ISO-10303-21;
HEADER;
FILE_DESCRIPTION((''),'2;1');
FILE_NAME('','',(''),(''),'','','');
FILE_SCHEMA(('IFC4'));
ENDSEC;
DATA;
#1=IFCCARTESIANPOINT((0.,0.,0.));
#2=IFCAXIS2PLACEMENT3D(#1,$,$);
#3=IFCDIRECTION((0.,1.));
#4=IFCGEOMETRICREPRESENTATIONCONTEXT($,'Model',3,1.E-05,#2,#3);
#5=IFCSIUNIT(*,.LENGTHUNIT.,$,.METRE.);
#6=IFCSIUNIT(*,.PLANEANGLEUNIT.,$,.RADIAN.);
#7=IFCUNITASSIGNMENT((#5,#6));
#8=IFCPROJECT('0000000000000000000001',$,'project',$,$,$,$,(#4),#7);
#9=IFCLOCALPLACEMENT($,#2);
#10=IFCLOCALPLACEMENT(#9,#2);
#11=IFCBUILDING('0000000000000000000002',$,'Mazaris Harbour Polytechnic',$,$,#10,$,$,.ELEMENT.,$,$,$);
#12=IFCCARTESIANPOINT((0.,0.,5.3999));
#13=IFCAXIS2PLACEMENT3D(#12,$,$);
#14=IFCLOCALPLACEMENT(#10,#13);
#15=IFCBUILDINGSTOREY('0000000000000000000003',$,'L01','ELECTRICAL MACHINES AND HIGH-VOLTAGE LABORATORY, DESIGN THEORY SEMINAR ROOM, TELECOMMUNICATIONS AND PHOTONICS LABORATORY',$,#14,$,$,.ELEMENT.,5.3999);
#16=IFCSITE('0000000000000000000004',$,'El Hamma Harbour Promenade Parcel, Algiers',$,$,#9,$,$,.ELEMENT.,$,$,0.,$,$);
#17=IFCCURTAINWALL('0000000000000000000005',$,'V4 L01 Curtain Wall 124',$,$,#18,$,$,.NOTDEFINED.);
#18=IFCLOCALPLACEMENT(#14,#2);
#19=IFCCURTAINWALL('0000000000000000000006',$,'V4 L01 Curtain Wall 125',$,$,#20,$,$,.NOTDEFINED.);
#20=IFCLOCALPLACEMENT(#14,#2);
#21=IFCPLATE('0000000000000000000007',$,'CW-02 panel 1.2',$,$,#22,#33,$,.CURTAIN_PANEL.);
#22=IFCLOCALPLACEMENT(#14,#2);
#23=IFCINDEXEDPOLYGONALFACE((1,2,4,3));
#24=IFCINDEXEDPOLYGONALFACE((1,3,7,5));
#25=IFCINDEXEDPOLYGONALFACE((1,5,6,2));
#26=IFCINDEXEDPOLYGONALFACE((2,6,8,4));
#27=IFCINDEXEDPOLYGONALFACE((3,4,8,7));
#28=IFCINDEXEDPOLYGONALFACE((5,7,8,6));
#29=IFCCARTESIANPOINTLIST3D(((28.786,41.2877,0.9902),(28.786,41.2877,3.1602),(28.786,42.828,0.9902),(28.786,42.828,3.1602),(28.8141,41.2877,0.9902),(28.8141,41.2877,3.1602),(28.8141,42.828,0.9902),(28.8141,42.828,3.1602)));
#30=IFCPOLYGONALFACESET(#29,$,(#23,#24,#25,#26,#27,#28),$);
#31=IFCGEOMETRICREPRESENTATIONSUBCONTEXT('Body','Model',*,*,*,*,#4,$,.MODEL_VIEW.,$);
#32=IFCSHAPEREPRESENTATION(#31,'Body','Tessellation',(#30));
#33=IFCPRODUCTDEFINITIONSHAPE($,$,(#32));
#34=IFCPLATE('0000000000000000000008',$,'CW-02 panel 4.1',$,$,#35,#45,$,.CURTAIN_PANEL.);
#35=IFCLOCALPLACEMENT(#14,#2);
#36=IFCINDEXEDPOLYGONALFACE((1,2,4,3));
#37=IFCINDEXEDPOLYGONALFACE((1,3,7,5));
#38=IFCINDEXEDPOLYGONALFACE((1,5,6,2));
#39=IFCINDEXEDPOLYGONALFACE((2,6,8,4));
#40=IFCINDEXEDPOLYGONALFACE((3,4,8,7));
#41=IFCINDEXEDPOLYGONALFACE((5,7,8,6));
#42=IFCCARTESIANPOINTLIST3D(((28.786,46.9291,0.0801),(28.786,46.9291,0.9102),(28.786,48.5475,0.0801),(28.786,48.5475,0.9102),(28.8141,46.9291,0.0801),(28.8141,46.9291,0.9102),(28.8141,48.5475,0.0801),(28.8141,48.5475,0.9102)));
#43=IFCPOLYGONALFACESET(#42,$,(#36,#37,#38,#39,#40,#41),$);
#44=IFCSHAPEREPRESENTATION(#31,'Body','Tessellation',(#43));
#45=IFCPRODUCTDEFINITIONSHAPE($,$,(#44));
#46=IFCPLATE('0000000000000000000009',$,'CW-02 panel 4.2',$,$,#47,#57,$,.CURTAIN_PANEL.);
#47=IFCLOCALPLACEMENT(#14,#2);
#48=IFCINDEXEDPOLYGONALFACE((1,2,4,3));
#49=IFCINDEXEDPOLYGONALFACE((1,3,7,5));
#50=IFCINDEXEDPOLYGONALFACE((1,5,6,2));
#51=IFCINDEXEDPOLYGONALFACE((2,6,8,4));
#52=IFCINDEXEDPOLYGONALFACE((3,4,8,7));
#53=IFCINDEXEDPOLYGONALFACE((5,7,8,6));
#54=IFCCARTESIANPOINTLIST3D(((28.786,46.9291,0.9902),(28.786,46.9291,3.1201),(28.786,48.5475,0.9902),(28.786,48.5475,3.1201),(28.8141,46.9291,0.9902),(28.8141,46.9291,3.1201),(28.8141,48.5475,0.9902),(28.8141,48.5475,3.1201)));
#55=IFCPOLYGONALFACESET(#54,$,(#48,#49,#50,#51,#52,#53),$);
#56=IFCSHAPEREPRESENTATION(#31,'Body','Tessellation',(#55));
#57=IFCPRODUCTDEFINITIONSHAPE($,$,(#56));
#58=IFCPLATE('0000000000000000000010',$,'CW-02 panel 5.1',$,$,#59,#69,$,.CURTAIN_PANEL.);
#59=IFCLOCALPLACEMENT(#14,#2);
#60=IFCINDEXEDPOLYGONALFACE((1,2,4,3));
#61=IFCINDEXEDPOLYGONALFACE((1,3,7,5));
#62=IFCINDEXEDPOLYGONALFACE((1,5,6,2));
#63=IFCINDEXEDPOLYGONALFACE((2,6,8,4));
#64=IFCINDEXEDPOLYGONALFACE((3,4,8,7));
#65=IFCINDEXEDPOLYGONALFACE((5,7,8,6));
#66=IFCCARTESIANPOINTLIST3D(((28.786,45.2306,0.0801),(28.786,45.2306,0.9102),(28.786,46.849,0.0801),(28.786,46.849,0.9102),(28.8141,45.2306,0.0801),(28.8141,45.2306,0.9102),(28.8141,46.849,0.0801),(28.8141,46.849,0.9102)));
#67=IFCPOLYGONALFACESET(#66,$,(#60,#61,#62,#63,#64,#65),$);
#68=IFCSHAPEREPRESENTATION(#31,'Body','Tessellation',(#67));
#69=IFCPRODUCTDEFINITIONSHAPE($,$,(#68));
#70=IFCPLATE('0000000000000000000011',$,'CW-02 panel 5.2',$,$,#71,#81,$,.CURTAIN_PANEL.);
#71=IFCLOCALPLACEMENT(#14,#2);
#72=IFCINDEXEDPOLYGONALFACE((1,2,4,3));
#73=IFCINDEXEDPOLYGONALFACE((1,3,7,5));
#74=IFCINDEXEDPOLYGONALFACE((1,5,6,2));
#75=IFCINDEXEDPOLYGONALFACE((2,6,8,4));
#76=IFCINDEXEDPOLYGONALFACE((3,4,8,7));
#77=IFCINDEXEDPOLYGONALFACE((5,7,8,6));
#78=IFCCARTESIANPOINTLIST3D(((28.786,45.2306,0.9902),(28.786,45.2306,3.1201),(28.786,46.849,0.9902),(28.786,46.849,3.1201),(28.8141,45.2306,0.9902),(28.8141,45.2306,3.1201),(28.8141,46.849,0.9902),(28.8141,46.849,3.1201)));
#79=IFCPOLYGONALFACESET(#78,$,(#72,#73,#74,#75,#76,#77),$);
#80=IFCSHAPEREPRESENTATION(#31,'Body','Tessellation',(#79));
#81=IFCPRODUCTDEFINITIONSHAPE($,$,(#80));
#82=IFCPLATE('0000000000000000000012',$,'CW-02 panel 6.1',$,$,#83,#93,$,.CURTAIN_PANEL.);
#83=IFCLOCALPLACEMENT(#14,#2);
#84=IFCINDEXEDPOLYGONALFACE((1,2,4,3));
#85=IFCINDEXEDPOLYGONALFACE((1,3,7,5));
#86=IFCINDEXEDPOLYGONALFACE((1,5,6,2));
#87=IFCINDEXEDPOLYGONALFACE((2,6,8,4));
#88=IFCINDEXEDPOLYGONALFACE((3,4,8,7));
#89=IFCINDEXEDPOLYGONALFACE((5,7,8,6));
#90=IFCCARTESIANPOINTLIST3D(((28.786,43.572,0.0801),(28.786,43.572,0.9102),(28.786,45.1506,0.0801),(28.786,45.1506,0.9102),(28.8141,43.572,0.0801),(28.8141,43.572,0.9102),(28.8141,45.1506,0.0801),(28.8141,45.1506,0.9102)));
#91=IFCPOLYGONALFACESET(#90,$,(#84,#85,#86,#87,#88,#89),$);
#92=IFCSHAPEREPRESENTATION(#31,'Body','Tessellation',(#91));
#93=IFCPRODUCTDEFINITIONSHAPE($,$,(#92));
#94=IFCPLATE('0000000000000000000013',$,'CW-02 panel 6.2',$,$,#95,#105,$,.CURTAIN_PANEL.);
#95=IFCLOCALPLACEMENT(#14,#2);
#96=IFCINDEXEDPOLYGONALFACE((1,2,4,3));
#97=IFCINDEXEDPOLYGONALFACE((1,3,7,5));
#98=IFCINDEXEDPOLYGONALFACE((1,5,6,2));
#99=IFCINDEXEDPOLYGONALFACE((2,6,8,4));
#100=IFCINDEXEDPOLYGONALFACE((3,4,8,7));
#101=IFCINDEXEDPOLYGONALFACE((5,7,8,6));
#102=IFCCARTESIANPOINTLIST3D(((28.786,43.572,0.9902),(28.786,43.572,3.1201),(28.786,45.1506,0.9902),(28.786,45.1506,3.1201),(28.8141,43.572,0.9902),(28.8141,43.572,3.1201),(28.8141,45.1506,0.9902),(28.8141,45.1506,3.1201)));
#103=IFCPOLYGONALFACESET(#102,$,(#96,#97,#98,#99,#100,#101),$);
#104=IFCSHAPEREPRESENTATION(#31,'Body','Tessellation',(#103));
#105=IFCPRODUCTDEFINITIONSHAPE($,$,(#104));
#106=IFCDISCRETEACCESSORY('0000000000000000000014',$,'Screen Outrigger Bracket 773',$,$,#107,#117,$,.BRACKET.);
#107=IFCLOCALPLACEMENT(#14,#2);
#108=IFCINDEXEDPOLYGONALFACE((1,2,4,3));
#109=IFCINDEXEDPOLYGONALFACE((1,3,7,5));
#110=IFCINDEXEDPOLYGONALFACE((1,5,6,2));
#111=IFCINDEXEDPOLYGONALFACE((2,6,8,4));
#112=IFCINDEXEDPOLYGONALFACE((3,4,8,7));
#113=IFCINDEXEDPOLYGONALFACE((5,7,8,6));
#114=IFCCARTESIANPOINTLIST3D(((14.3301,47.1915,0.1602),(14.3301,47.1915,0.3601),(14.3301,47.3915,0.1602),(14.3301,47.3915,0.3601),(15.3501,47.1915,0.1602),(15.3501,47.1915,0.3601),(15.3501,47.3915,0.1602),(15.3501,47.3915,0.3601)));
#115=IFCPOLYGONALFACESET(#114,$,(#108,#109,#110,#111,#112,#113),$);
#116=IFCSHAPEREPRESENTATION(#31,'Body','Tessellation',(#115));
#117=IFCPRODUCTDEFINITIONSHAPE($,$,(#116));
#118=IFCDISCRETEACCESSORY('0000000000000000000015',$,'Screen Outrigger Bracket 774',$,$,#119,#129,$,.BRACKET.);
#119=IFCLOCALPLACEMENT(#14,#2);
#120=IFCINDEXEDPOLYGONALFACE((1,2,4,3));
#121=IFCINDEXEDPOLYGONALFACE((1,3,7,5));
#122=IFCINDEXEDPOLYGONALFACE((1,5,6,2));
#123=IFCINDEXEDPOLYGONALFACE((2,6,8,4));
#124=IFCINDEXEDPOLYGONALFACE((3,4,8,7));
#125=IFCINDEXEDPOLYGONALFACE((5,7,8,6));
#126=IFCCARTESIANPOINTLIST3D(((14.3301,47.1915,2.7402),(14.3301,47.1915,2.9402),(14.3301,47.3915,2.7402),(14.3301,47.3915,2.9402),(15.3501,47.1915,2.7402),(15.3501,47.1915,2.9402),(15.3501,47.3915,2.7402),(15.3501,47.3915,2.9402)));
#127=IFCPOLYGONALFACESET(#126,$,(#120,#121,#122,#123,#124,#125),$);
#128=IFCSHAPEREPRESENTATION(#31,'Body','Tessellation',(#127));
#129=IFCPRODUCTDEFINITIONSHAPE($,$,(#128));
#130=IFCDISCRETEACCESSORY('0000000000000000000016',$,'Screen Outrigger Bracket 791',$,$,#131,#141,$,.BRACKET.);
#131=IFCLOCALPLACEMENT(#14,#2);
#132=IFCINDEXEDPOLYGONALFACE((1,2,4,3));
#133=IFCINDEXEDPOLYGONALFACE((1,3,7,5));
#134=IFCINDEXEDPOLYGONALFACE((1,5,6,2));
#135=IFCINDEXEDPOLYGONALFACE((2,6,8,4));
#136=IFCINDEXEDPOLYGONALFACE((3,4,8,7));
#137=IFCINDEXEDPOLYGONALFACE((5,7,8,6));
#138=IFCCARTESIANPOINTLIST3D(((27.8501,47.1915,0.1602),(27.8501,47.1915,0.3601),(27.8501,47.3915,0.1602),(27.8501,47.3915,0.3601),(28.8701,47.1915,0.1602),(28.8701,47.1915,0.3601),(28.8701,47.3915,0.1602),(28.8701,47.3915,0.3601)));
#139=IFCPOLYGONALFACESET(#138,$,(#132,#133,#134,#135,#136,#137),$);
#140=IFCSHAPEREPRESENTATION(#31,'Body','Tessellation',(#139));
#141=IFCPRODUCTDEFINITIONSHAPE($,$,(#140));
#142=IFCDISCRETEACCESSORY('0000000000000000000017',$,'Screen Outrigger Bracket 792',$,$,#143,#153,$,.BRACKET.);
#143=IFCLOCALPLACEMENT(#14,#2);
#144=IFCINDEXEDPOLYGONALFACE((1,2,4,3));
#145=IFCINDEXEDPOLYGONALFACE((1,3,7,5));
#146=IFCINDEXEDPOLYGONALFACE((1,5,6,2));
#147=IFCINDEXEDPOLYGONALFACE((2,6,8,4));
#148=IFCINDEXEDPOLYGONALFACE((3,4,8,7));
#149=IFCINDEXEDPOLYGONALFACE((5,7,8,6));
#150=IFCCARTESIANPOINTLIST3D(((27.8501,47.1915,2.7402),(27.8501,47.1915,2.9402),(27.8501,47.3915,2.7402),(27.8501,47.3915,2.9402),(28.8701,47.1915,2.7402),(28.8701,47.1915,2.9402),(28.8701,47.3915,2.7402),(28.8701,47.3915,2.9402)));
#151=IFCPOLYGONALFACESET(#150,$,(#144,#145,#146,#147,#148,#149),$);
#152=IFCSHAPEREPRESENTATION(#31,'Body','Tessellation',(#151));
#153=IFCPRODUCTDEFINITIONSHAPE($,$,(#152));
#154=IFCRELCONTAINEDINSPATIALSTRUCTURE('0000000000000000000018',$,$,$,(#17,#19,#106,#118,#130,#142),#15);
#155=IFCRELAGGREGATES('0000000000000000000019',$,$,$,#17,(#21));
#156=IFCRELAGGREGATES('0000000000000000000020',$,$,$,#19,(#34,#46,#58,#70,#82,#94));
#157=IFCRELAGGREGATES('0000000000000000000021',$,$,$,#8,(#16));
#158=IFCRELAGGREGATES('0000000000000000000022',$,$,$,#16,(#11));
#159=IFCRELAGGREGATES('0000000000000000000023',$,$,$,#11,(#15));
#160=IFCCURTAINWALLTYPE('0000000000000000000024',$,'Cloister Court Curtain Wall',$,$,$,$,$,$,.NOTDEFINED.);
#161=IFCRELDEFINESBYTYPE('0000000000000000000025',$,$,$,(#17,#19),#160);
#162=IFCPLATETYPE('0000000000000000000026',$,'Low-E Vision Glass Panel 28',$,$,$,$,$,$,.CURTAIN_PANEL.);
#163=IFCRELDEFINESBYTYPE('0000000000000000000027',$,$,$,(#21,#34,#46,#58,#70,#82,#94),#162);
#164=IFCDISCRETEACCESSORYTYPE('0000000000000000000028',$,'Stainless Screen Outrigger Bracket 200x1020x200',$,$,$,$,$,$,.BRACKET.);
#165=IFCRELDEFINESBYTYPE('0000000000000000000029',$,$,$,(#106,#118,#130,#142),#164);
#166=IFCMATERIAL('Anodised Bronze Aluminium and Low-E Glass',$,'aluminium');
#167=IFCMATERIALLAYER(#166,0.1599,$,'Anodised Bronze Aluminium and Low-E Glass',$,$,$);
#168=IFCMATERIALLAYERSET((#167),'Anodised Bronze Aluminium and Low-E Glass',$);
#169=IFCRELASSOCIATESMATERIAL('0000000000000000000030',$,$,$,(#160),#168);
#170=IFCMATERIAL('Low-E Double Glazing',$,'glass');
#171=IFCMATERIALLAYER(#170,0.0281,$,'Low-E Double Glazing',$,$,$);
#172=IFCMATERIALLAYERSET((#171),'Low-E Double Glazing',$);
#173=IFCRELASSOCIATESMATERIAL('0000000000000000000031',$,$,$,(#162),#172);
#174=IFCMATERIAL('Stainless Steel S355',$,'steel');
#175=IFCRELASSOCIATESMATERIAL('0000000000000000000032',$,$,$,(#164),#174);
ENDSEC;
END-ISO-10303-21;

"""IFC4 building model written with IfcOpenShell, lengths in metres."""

from ifc_helpers import new_model, si_unit, direction, frame, origin, origin_2d, place, context, subcontext, project, spatial, rectangle, extrude, material, layer, layer_set, type_object, element, aggregate, save


model = new_model("IFC4")

# Units and contexts
model_context = context("Model", 3, precision=1e-05, world=origin(), true_north=direction((0.0, 1.0)))
body_context = subcontext(model_context, "Body", "Model", "MODEL_VIEW")
ifc_project = project(units=[si_unit("LENGTHUNIT", "METRE"), si_unit("PLANEANGLEUNIT", "RADIAN")], contexts=[model_context])

# Site, building, storey
site_placement = place(None, origin())
site = spatial("IfcSite", under=ifc_project, at=site_placement, Name="El Hamma Harbour Promenade Parcel, Algiers", CompositionType="ELEMENT", RefElevation=0.0)
building_placement = place(site_placement, origin())
building = spatial("IfcBuilding", under=site, at=building_placement, Name="Mazaris Harbour Polytechnic", CompositionType="ELEMENT")
storey_placement = place(building_placement, frame((0.0, 0.0, 5.3999)))
storey = spatial("IfcBuildingStorey", under=building, at=storey_placement, Name="L01", Description="ELECTRICAL MACHINES AND HIGH-VOLTAGE LABORATORY, DESIGN THEORY SEMINAR ROOM, TELECOMMUNICATIONS AND PHOTONICS LABORATORY", CompositionType="ELEMENT", Elevation=5.3999)

# Curtain walls
ifc_material_1 = material(Name="Anodised Bronze Aluminium and Low-E Glass", Category="aluminium")
ifc_layer_1 = layer(ifc_material_1, 0.1599, Name="Anodised Bronze Aluminium and Low-E Glass")
ifc_layer_set_1 = layer_set([ifc_layer_1], Name="Anodised Bronze Aluminium and Low-E Glass")
curtain_wall_type = type_object("IfcCurtainWallType", Name="Cloister Court Curtain Wall", PredefinedType="NOTDEFINED", material=ifc_layer_set_1)
curtain_wall_1_placement = place(storey_placement, origin())
curtain_wall_1 = element("IfcCurtainWall", 1, at=curtain_wall_1_placement, inside=storey, type_object=curtain_wall_type, Name="V4 L01 Curtain Wall 124", PredefinedType="NOTDEFINED")
curtain_wall_2_placement = place(storey_placement, origin())
curtain_wall_2 = element("IfcCurtainWall", 2, at=curtain_wall_2_placement, inside=storey, type_object=curtain_wall_type, Name="V4 L01 Curtain Wall 125", PredefinedType="NOTDEFINED")

# Plates
ifc_material_2 = material(Name="Low-E Double Glazing", Category="glass")
ifc_layer_2 = layer(ifc_material_2, 0.0281, Name="Low-E Double Glazing")
ifc_layer_set_2 = layer_set([ifc_layer_2], Name="Low-E Double Glazing")
plate_type = type_object("IfcPlateType", Name="Low-E Vision Glass Panel 28", PredefinedType="CURTAIN_PANEL", material=ifc_layer_set_2)
plate_1_placement = place(storey_placement, frame((28.8, 42.0579, 0.9902), z_axis=(0.0, 0.0, 1.0), x_axis=(0.0, -1.0, 0.0)))
plate_1 = element("IfcPlate", 3, at=plate_1_placement, type_object=plate_type, Name="CW-02 panel 1.2", PredefinedType="CURTAIN_PANEL", context=body_context, shape_type="SweptSolid", body=[
    extrude(rectangle(XDim=1.5403, YDim=0.0281, at=origin_2d()), origin(), (0.0, 0.0, 1.0), 2.1699),
])
aggregate(curtain_wall_1, [plate_1])
plate_2_placement = place(storey_placement, frame((28.8, 47.7383, 0.0801), z_axis=(0.0, 0.0, 1.0), x_axis=(0.0, -1.0, 0.0)))
plate_2 = element("IfcPlate", 4, at=plate_2_placement, type_object=plate_type, Name="CW-02 panel 4.1", PredefinedType="CURTAIN_PANEL", context=body_context, shape_type="SweptSolid", body=[
    extrude(rectangle(XDim=1.6184, YDim=0.0281, at=origin_2d()), origin(), (0.0, 0.0, 1.0), 0.8301),
])
plate_3_placement = place(storey_placement, frame((28.8, 47.7383, 0.9902), z_axis=(0.0, 0.0, 1.0), x_axis=(0.0, -1.0, 0.0)))
plate_3 = element("IfcPlate", 5, at=plate_3_placement, type_object=plate_type, Name="CW-02 panel 4.2", PredefinedType="CURTAIN_PANEL", context=body_context, shape_type="SweptSolid", body=[
    extrude(rectangle(XDim=1.6184, YDim=0.0281, at=origin_2d()), origin(), (0.0, 0.0, 1.0), 2.1299),
])
plate_4_placement = place(storey_placement, frame((28.8, 46.0398, 0.0801), z_axis=(0.0, 0.0, 1.0), x_axis=(0.0, -1.0, 0.0)))
plate_4 = element("IfcPlate", 6, at=plate_4_placement, type_object=plate_type, Name="CW-02 panel 5.1", PredefinedType="CURTAIN_PANEL", context=body_context, shape_type="SweptSolid", body=[
    extrude(rectangle(XDim=1.6184, YDim=0.0281, at=origin_2d()), origin(), (0.0, 0.0, 1.0), 0.8301),
])
plate_5_placement = place(storey_placement, frame((28.8, 46.0398, 0.9902), z_axis=(0.0, 0.0, 1.0), x_axis=(0.0, -1.0, 0.0)))
plate_5 = element("IfcPlate", 7, at=plate_5_placement, type_object=plate_type, Name="CW-02 panel 5.2", PredefinedType="CURTAIN_PANEL", context=body_context, shape_type="SweptSolid", body=[
    extrude(rectangle(XDim=1.6184, YDim=0.0281, at=origin_2d()), origin(), (0.0, 0.0, 1.0), 2.1299),
])
plate_6_placement = place(storey_placement, frame((28.8, 44.3613, 0.0801), z_axis=(0.0, 0.0, 1.0), x_axis=(0.0, -1.0, 0.0)))
plate_6 = element("IfcPlate", 8, at=plate_6_placement, type_object=plate_type, Name="CW-02 panel 6.1", PredefinedType="CURTAIN_PANEL", context=body_context, shape_type="SweptSolid", body=[
    extrude(rectangle(XDim=1.5786, YDim=0.0281, at=origin_2d()), origin(), (0.0, 0.0, 1.0), 0.8301),
])
plate_7_placement = place(storey_placement, frame((28.8, 44.3613, 0.9902), z_axis=(0.0, 0.0, 1.0), x_axis=(0.0, -1.0, 0.0)))
plate_7 = element("IfcPlate", 9, at=plate_7_placement, type_object=plate_type, Name="CW-02 panel 6.2", PredefinedType="CURTAIN_PANEL", context=body_context, shape_type="SweptSolid", body=[
    extrude(rectangle(XDim=1.5786, YDim=0.0281, at=origin_2d()), origin(), (0.0, 0.0, 1.0), 2.1299),
])
aggregate(curtain_wall_2, [plate_2, plate_3, plate_4, plate_5, plate_6, plate_7])

# Discrete accessories
ifc_material_3 = material(Name="Stainless Steel S355", Category="steel")
discrete_accessory_type = type_object("IfcDiscreteAccessoryType", Name="Stainless Screen Outrigger Bracket 200x1020x200", PredefinedType="BRACKET", material=ifc_material_3)
for number, where, z_axis, x_axis, name in (
    (10, (14.8401, 47.2915, 0.1602), (0.0, 0.0, 1.0), (0.0, 1.0, 0.0), "Screen Outrigger Bracket 773"),
    (11, (14.8401, 47.2915, 2.7402), (0.0, 0.0, 1.0), (0.0, 1.0, 0.0), "Screen Outrigger Bracket 774"),
    (12, (28.3601, 47.2915, 0.1602), (0.0, 0.0, 1.0), (0.0, -1.0, 0.0), "Screen Outrigger Bracket 791"),
    (13, (28.3601, 47.2915, 2.7402), (0.0, 0.0, 1.0), (0.0, -1.0, 0.0), "Screen Outrigger Bracket 792"),
):
    element("IfcDiscreteAccessory", number, at=place(storey_placement, frame(where, z_axis=z_axis, x_axis=x_axis)), inside=storey, type_object=discrete_accessory_type, Name=name, PredefinedType="BRACKET", context=body_context, shape_type="SweptSolid", body=[
        extrude(rectangle(XDim=0.2, YDim=1.02, at=origin_2d()), origin(), (0.0, 0.0, 1.0), 0.2),
    ])

save(model, "model.ifc")
